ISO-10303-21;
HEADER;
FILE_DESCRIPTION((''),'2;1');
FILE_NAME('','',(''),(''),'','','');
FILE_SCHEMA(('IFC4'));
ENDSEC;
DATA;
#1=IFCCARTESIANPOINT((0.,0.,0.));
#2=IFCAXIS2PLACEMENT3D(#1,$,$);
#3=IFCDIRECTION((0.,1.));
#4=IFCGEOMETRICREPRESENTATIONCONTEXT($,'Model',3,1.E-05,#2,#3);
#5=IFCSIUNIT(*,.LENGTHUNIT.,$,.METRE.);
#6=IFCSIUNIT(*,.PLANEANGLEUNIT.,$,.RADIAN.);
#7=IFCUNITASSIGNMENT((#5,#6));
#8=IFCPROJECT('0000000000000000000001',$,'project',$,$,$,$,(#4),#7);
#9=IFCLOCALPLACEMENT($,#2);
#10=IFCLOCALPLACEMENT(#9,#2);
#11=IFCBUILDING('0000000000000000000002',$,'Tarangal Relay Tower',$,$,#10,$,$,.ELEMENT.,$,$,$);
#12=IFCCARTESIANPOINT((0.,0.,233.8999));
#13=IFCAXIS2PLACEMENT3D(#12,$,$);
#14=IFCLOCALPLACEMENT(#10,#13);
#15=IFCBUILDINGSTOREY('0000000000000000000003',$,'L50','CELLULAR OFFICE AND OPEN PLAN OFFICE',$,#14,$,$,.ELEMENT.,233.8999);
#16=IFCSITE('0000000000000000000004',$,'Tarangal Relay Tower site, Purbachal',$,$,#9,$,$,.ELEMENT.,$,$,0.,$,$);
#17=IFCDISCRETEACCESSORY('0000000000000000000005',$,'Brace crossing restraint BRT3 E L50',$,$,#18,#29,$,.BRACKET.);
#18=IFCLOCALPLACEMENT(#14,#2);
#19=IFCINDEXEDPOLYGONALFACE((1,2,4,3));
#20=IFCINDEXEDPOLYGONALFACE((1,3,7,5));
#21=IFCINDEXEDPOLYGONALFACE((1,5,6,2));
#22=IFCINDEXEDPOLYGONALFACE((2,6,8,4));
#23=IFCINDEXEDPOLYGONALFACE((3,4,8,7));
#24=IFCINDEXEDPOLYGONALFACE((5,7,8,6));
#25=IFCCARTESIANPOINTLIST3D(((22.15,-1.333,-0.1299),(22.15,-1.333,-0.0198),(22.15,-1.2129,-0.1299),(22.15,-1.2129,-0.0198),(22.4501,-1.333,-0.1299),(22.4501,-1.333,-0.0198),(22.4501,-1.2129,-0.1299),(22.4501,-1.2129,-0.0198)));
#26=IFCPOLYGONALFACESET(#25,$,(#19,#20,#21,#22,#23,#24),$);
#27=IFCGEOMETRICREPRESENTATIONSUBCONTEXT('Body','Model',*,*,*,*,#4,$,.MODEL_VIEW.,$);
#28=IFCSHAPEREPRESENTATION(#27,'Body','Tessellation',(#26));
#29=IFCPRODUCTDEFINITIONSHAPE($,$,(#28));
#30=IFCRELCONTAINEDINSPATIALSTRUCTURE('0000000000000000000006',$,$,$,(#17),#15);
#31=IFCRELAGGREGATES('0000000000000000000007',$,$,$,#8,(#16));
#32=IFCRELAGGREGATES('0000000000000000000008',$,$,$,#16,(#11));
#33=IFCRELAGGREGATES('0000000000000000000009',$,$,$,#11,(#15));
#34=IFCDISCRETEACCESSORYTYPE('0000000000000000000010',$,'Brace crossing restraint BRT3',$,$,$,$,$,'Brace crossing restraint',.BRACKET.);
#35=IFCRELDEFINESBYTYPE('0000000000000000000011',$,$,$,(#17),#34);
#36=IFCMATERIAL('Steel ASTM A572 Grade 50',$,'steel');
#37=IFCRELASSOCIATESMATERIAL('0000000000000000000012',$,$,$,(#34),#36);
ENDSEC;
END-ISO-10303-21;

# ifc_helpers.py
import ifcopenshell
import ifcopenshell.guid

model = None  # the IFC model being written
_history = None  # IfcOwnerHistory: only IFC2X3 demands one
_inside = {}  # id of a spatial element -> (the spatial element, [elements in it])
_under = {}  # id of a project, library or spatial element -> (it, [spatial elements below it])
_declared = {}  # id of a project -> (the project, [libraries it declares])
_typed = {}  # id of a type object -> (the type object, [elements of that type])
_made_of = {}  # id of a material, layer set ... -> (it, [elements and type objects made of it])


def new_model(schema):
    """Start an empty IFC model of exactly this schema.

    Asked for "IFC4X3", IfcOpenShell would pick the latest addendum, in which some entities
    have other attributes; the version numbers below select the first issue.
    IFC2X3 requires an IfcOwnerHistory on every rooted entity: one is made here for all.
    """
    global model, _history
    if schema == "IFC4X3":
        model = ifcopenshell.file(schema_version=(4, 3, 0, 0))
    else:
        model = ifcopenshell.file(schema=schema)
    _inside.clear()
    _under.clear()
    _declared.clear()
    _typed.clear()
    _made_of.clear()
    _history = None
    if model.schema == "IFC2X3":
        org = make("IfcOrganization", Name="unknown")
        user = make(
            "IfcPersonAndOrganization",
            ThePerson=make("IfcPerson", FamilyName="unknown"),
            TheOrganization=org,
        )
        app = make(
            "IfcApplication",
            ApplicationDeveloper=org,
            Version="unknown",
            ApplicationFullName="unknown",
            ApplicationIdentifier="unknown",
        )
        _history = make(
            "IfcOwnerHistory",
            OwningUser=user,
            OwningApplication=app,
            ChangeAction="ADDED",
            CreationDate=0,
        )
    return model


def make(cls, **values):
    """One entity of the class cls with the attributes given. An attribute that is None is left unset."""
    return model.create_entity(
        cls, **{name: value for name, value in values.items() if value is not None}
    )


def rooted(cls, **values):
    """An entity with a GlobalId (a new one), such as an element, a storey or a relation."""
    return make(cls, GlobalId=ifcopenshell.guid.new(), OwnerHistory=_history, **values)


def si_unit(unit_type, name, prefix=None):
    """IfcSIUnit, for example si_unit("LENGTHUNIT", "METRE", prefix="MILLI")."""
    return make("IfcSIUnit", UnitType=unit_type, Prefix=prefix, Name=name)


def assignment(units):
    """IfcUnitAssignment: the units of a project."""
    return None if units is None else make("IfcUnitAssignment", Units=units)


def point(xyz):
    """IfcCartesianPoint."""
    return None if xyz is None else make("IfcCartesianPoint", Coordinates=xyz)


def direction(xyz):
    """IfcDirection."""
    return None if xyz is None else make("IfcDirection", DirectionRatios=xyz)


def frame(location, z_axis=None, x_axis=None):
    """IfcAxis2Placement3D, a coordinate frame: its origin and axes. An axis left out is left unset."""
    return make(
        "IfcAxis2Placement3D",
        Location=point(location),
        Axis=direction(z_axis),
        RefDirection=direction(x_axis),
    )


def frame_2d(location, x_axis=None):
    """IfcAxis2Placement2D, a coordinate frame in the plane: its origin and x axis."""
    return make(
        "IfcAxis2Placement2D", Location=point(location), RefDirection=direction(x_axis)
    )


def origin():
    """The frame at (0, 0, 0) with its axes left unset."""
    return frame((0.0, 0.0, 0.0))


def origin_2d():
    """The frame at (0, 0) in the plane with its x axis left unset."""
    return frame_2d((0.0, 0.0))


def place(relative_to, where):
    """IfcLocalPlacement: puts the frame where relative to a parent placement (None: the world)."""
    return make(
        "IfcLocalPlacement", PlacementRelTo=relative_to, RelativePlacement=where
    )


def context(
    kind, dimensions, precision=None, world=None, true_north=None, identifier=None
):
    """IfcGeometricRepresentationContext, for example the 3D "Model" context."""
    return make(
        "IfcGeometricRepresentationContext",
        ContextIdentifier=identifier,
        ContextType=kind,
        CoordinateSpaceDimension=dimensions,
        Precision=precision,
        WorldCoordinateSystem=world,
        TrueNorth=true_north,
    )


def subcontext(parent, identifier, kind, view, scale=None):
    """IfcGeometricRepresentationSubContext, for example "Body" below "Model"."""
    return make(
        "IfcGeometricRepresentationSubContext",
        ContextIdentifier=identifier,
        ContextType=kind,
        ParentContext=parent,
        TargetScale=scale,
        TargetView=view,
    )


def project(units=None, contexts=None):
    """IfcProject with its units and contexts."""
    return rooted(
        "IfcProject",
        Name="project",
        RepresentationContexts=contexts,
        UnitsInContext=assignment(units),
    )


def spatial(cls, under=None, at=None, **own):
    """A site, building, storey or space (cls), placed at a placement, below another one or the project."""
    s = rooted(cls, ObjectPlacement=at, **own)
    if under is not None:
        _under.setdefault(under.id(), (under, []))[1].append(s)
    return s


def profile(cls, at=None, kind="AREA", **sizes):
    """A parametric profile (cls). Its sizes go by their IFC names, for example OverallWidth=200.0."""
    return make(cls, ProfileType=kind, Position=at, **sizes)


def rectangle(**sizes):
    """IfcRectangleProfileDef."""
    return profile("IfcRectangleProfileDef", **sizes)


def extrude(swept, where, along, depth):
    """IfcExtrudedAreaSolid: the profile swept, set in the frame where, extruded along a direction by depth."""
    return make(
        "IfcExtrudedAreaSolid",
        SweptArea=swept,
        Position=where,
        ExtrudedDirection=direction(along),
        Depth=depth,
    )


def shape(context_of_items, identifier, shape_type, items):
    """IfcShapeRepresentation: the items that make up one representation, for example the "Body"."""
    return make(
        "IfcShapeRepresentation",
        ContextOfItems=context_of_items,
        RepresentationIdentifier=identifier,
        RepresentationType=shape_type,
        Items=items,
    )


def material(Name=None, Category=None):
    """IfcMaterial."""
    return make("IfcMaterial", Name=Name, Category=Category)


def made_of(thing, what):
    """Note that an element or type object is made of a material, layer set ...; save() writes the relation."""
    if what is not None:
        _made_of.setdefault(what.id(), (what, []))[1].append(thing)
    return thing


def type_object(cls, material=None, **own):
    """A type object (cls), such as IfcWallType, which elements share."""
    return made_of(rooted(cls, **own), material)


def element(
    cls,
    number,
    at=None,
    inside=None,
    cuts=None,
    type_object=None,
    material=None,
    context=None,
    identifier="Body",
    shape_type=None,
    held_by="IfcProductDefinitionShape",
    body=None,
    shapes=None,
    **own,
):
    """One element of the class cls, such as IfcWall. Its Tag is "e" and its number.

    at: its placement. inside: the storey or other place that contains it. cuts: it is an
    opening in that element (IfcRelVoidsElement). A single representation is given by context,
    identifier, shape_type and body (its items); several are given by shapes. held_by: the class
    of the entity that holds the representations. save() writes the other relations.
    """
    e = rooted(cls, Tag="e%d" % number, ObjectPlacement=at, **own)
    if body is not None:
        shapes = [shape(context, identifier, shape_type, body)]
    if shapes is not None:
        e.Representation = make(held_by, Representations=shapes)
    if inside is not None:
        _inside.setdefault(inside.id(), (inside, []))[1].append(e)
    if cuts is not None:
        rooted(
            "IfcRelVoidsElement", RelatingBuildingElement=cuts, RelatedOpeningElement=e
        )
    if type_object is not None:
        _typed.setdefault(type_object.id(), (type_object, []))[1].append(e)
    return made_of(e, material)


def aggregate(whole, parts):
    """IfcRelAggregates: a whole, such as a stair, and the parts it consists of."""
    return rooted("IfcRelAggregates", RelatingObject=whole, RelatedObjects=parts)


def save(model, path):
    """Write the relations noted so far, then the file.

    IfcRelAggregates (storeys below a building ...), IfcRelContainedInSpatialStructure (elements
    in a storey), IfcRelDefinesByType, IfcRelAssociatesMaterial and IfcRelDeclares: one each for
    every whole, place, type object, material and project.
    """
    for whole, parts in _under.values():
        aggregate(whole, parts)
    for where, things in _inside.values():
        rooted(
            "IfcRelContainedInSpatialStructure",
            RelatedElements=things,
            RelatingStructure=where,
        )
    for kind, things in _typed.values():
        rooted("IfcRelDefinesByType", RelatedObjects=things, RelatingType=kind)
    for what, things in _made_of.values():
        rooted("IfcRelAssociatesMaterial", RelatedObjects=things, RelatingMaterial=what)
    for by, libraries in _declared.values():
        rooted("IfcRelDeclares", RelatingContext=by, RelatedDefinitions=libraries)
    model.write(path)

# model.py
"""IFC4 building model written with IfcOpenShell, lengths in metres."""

from ifc_helpers import new_model, si_unit, direction, frame, origin, origin_2d, place, context, subcontext, project, spatial, rectangle, extrude, material, type_object, element, save


model = new_model("IFC4")

# Units and contexts
model_context = context("Model", 3, precision=1e-05, world=origin(), true_north=direction((0.0, 1.0)))
body_context = subcontext(model_context, "Body", "Model", "MODEL_VIEW")
ifc_project = project(units=[si_unit("LENGTHUNIT", "METRE"), si_unit("PLANEANGLEUNIT", "RADIAN")], contexts=[model_context])

# Site, building, storey
site_placement = place(None, origin())
site = spatial("IfcSite", under=ifc_project, at=site_placement, Name="Tarangal Relay Tower site, Purbachal", CompositionType="ELEMENT", RefElevation=0.0)
building_placement = place(site_placement, origin())
building = spatial("IfcBuilding", under=site, at=building_placement, Name="Tarangal Relay Tower", CompositionType="ELEMENT")
storey_placement = place(building_placement, frame((0.0, 0.0, 233.8999)))
storey = spatial("IfcBuildingStorey", under=building, at=storey_placement, Name="L50", Description="CELLULAR OFFICE AND OPEN PLAN OFFICE", CompositionType="ELEMENT", Elevation=233.8999)

# Shared definitions
ifc_material_1 = material(Name="Steel ASTM A572 Grade 50", Category="steel")

# Discrete accessory
discrete_accessory_type = type_object("IfcDiscreteAccessoryType", Name="Brace crossing restraint BRT3", ElementType="Brace crossing restraint", PredefinedType="BRACKET", material=ifc_material_1)
discrete_accessory_placement = place(storey_placement, frame((22.3, -1.2729, -0.1299), z_axis=(0.0, 0.0, 1.0), x_axis=(1.0, 0.0, 0.0)))
element("IfcDiscreteAccessory", 1, at=discrete_accessory_placement, inside=storey, type_object=discrete_accessory_type, Name="Brace crossing restraint BRT3 E L50", PredefinedType="BRACKET", context=body_context, shape_type="SweptSolid", body=[
    extrude(rectangle(XDim=0.3, YDim=0.1201, at=origin_2d()), origin(), (0.0, 0.0, 1.0), 0.1101),
])

save(model, "model.ifc")
